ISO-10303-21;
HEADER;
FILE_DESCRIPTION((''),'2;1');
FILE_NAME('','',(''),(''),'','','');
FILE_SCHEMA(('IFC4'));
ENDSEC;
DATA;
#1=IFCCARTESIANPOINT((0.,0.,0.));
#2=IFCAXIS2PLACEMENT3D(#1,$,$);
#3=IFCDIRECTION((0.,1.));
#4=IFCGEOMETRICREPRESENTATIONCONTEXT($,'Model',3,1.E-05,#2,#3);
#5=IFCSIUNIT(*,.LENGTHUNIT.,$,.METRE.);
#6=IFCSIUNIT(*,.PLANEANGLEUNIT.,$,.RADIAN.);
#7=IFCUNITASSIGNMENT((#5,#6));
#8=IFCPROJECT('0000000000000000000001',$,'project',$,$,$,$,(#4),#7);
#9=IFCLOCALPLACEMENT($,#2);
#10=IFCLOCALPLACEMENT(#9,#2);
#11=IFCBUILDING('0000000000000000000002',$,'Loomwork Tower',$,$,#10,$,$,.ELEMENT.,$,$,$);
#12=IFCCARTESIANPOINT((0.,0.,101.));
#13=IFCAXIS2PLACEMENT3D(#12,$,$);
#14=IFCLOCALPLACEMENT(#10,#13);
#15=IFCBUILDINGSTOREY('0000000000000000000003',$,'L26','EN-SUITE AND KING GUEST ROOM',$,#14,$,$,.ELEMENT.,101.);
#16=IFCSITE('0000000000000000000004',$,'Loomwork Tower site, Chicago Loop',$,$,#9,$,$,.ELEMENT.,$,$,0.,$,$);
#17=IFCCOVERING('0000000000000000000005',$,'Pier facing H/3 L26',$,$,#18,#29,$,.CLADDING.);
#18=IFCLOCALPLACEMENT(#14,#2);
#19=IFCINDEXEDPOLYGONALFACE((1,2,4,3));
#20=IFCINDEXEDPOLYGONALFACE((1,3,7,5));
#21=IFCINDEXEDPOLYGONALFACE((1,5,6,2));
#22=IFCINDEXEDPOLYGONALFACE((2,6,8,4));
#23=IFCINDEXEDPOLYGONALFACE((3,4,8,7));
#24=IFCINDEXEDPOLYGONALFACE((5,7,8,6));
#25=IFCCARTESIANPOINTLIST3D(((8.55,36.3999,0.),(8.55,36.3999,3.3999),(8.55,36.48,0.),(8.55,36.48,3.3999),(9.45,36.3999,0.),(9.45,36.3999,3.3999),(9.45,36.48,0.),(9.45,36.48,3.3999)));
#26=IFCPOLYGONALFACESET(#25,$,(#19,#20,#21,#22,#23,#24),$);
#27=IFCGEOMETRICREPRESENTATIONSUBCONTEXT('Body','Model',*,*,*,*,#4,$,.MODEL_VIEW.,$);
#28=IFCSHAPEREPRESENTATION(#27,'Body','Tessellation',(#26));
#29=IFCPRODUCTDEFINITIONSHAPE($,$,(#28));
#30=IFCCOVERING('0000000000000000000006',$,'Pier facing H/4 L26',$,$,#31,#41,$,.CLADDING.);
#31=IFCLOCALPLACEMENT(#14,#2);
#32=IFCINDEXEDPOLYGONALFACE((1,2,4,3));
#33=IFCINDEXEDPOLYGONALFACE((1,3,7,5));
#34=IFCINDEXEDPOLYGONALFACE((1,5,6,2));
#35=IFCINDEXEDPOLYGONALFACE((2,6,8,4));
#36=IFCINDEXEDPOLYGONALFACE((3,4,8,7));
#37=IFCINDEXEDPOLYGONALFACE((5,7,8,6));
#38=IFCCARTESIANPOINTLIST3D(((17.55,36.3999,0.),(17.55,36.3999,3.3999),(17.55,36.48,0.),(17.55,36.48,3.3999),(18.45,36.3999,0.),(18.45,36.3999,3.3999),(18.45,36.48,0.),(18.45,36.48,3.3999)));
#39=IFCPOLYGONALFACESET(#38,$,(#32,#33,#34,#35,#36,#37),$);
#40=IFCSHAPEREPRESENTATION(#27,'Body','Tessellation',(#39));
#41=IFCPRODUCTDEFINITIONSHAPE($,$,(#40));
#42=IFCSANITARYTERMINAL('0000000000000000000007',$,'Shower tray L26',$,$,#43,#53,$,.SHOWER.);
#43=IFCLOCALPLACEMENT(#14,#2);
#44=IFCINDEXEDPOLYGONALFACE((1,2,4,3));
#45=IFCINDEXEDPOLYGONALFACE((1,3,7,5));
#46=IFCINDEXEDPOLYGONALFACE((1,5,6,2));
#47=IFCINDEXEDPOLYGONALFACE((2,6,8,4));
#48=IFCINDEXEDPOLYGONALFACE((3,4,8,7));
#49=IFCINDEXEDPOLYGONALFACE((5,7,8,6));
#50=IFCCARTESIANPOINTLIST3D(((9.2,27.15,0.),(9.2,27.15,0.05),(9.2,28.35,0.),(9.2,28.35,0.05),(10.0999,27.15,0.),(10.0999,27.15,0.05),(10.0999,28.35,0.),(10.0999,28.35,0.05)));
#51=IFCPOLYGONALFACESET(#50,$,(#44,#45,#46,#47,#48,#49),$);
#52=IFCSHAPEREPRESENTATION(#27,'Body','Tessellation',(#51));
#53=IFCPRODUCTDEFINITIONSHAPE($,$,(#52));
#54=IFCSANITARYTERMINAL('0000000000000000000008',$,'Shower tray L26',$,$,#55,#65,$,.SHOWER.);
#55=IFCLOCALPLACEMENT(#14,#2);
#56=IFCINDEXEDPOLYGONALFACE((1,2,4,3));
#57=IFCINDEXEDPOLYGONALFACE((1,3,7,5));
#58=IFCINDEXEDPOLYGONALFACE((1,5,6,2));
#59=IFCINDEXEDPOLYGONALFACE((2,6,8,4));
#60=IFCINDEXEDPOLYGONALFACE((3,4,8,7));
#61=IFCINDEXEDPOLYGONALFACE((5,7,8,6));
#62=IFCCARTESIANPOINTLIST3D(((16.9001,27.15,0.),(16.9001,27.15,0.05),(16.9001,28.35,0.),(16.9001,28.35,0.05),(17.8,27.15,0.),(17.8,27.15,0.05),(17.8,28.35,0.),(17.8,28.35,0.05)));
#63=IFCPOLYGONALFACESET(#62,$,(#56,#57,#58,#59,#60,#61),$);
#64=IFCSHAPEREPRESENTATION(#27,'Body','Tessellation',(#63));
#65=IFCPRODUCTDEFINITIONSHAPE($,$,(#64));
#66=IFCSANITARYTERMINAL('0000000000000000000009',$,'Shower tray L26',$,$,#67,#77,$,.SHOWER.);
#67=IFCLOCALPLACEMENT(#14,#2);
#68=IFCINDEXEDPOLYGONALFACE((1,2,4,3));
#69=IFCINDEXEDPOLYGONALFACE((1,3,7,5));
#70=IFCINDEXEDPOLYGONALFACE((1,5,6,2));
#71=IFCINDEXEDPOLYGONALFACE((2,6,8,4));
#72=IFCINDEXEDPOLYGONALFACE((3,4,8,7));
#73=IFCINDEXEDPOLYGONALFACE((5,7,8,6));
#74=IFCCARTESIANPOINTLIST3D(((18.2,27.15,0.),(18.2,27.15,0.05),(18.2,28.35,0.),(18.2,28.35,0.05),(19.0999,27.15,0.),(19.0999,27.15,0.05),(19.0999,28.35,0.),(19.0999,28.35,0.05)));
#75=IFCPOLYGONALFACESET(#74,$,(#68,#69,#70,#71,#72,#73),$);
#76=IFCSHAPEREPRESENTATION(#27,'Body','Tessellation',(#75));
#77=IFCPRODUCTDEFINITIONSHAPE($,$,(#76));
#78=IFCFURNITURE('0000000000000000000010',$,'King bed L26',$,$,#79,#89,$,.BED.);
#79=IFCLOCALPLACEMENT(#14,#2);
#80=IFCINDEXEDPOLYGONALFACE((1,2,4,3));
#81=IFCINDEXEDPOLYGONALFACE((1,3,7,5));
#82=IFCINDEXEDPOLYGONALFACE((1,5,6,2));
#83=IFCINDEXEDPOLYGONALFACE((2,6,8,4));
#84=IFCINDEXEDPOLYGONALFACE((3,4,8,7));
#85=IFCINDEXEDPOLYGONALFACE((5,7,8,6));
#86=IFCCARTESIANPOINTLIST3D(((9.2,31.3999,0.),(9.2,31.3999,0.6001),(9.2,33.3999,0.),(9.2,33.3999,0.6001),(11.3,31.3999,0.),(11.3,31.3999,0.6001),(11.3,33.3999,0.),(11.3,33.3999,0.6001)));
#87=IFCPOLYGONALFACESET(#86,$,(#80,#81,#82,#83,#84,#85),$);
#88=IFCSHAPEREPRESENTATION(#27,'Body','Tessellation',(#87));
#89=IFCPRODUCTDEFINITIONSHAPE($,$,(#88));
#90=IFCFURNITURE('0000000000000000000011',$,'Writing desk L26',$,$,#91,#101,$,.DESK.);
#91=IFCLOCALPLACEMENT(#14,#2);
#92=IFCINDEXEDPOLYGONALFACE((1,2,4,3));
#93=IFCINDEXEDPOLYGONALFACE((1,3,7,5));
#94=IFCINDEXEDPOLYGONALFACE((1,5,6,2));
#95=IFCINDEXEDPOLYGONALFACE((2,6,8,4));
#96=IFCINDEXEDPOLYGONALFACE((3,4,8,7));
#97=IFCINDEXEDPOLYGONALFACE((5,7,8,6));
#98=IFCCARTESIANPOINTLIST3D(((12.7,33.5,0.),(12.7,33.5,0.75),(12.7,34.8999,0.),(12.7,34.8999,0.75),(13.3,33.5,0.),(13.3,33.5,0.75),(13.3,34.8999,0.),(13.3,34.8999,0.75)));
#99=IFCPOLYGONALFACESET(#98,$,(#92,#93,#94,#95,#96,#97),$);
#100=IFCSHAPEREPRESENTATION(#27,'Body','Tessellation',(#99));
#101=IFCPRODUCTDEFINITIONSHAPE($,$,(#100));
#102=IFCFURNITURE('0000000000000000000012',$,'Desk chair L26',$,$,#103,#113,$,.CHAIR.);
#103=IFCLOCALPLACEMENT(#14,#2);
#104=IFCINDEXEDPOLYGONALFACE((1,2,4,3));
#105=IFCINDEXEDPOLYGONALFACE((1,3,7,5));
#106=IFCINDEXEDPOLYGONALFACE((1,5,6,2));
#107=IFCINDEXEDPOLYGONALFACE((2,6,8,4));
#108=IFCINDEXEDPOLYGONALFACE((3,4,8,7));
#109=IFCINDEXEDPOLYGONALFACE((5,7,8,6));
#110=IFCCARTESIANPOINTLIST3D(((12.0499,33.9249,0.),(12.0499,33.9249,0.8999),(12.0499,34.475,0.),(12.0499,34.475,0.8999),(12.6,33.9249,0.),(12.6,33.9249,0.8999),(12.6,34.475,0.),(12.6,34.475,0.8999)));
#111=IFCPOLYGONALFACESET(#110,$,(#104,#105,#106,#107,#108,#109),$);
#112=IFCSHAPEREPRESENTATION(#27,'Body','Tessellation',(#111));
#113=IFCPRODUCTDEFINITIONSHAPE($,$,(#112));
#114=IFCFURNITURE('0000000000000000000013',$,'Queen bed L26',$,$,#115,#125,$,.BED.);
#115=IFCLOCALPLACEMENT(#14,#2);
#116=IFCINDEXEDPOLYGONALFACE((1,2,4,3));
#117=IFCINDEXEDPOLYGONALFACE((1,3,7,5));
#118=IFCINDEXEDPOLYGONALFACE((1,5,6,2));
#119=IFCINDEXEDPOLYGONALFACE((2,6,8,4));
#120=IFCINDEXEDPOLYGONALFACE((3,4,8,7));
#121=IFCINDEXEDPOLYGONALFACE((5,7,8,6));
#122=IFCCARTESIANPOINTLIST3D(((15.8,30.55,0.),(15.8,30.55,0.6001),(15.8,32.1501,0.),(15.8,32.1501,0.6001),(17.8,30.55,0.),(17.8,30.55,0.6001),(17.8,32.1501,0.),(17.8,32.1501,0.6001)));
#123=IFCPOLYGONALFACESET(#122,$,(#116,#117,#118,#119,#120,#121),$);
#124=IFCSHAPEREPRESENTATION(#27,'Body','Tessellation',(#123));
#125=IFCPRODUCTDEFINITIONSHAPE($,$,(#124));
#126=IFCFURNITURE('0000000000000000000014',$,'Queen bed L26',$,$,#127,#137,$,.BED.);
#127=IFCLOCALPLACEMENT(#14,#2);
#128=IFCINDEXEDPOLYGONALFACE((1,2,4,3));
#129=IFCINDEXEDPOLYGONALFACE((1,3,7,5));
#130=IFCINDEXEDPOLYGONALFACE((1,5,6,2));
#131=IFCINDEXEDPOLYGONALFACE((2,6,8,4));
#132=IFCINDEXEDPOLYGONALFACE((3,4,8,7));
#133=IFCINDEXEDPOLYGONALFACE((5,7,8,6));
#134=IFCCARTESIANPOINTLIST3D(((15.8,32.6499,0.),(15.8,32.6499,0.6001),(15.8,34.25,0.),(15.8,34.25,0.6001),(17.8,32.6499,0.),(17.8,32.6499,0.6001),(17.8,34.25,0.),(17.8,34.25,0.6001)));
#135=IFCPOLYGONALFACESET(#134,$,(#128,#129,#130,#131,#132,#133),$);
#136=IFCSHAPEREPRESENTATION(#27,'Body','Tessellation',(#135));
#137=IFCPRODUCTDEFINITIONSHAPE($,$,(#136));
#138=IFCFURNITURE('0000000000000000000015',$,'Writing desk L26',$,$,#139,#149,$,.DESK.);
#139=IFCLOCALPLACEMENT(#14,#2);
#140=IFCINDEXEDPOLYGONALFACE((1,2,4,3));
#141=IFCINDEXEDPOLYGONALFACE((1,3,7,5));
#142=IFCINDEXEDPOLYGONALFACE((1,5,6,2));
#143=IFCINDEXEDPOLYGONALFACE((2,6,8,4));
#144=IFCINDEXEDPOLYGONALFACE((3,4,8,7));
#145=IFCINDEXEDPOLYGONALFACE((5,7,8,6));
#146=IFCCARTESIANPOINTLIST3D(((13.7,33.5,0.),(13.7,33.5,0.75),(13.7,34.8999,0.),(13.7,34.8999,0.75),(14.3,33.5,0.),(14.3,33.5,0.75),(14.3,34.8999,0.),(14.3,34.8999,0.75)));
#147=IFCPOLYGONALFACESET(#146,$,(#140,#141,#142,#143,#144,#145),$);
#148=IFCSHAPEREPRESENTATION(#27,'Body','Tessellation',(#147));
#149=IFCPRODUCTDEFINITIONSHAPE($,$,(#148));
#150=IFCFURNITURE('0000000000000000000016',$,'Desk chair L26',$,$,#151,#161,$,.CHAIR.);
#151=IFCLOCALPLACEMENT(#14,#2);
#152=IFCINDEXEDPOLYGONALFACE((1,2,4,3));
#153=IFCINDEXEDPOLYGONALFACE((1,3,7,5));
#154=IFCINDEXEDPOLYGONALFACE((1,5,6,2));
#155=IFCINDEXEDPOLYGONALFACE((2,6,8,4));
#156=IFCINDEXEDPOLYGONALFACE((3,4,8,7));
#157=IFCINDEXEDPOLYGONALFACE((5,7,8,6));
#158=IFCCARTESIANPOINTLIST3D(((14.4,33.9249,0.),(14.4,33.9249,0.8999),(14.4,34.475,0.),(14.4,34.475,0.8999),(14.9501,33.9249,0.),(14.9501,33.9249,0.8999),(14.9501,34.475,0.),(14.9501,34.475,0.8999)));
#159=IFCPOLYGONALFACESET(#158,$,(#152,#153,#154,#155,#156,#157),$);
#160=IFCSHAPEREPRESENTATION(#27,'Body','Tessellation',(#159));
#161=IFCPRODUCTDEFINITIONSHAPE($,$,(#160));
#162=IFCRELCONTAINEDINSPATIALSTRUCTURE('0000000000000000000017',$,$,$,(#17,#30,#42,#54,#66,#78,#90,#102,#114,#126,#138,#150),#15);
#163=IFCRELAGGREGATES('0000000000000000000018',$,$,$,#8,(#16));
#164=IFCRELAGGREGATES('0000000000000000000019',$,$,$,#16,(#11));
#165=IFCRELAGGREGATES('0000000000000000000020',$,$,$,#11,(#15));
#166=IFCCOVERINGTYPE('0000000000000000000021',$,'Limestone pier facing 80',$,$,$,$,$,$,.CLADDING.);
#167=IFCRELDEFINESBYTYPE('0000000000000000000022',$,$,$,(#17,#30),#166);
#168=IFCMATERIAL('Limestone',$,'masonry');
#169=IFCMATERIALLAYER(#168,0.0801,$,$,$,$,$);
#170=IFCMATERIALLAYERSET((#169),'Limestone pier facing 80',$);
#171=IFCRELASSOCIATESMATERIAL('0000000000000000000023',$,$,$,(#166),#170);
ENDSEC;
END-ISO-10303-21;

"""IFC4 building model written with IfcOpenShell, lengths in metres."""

from ifc_helpers import new_model, si_unit, direction, frame, origin, origin_2d, place, context, subcontext, project, spatial, rectangle, extrude, material, layer, layer_set, type_object, element, save


model = new_model("IFC4")

# Units and contexts
model_context = context("Model", 3, precision=1e-05, world=origin(), true_north=direction((0.0, 1.0)))
body_context = subcontext(model_context, "Body", "Model", "MODEL_VIEW")
ifc_project = project(units=[si_unit("LENGTHUNIT", "METRE"), si_unit("PLANEANGLEUNIT", "RADIAN")], contexts=[model_context])

# Site, building, storey
site_placement = place(None, origin())
site = spatial("IfcSite", under=ifc_project, at=site_placement, Name="Loomwork Tower site, Chicago Loop", CompositionType="ELEMENT", RefElevation=0.0)
building_placement = place(site_placement, origin())
building = spatial("IfcBuilding", under=site, at=building_placement, Name="Loomwork Tower", CompositionType="ELEMENT")
storey_placement = place(building_placement, frame((0.0, 0.0, 101.0)))
storey = spatial("IfcBuildingStorey", under=building, at=storey_placement, Name="L26", Description="EN-SUITE AND KING GUEST ROOM", CompositionType="ELEMENT", Elevation=101.0)

# Coverings
ifc_material_1 = material(Name="Limestone", Category="masonry")
ifc_layer_1 = layer(ifc_material_1, 0.0801)
ifc_layer_set_1 = layer_set([ifc_layer_1], Name="Limestone pier facing 80")
covering_type = type_object("IfcCoveringType", Name="Limestone pier facing 80", PredefinedType="CLADDING", material=ifc_layer_set_1)
for number, where, z_axis, x_axis, name in (
    (1, (9.0, 36.4399, 0.0), (0.0, 0.0, 1.0), (1.0, 0.0, 0.0), "Pier facing H/3 L26"),
    (2, (18.0, 36.4399, 0.0), (0.0, 0.0, 1.0), (1.0, 0.0, 0.0), "Pier facing H/4 L26"),
):
    element("IfcCovering", number, at=place(storey_placement, frame(where, z_axis=z_axis, x_axis=x_axis)), inside=storey, type_object=covering_type, Name=name, PredefinedType="CLADDING", context=body_context, shape_type="SweptSolid", body=[
        extrude(rectangle(XDim=0.8999, YDim=0.0801, at=origin_2d()), origin(), (0.0, 0.0, 1.0), 3.3999),
    ])

# Sanitary terminals
for number, where, z_axis, x_axis, name in (
    (3, (9.6499, 27.75, 0.0), (0.0, 0.0, 1.0), (1.0, 0.0, 0.0), "Shower tray L26"),
    (4, (17.3501, 27.75, 0.0), (0.0, 0.0, 1.0), (1.0, 0.0, 0.0), "Shower tray L26"),
    (5, (18.6499, 27.75, 0.0), (0.0, 0.0, 1.0), (1.0, 0.0, 0.0), "Shower tray L26"),
):
    element("IfcSanitaryTerminal", number, at=place(storey_placement, frame(where, z_axis=z_axis, x_axis=x_axis)), inside=storey, Name=name, PredefinedType="SHOWER", context=body_context, shape_type="SweptSolid", body=[
        extrude(rectangle(XDim=0.8999, YDim=1.2, at=origin_2d()), origin(), (0.0, 0.0, 1.0), 0.05),
    ])

# Furniture
furniture_1_placement = place(storey_placement, frame((10.25, 32.3999, 0.0), z_axis=(0.0, 0.0, 1.0), x_axis=(1.0, 0.0, 0.0)))
element("IfcFurniture", 6, at=furniture_1_placement, inside=storey, Name="King bed L26", PredefinedType="BED", context=body_context, shape_type="SweptSolid", body=[
    extrude(rectangle(XDim=2.1001, YDim=2.0, at=origin_2d()), origin(), (0.0, 0.0, 1.0), 0.6001),
])
furniture_2_placement = place(storey_placement, frame((13.0, 34.2, 0.0), z_axis=(0.0, 0.0, 1.0), x_axis=(1.0, 0.0, 0.0)))
element("IfcFurniture", 7, at=furniture_2_placement, inside=storey, Name="Writing desk L26", PredefinedType="DESK", context=body_context, shape_type="SweptSolid", body=[
    extrude(rectangle(XDim=0.6001, YDim=1.3999, at=origin_2d()), origin(), (0.0, 0.0, 1.0), 0.75),
])
furniture_3_placement = place(storey_placement, frame((12.325, 34.2, 0.0), z_axis=(0.0, 0.0, 1.0), x_axis=(1.0, 0.0, 0.0)))
element("IfcFurniture", 8, at=furniture_3_placement, inside=storey, Name="Desk chair L26", PredefinedType="CHAIR", context=body_context, shape_type="SweptSolid", body=[
    extrude(rectangle(XDim=0.55, YDim=0.55, at=origin_2d()), origin(), (0.0, 0.0, 1.0), 0.8999),
])
for number, where, z_axis, x_axis, name in (
    (9, (16.8, 31.3501, 0.0), (0.0, 0.0, 1.0), (1.0, 0.0, 0.0), "Queen bed L26"),
    (10, (16.8, 33.45, 0.0), (0.0, 0.0, 1.0), (1.0, 0.0, 0.0), "Queen bed L26"),
):
    element("IfcFurniture", number, at=place(storey_placement, frame(where, z_axis=z_axis, x_axis=x_axis)), inside=storey, Name=name, PredefinedType="BED", context=body_context, shape_type="SweptSolid", body=[
        extrude(rectangle(XDim=2.0, YDim=1.6001, at=origin_2d()), origin(), (0.0, 0.0, 1.0), 0.6001),
    ])
furniture_4_placement = place(storey_placement, frame((14.0, 34.2, 0.0), z_axis=(0.0, 0.0, 1.0), x_axis=(1.0, 0.0, 0.0)))
element("IfcFurniture", 11, at=furniture_4_placement, inside=storey, Name="Writing desk L26", PredefinedType="DESK", context=body_context, shape_type="SweptSolid", body=[
    extrude(rectangle(XDim=0.6001, YDim=1.3999, at=origin_2d()), origin(), (0.0, 0.0, 1.0), 0.75),
])
furniture_5_placement = place(storey_placement, frame((14.675, 34.2, 0.0), z_axis=(0.0, 0.0, 1.0), x_axis=(1.0, 0.0, 0.0)))
element("IfcFurniture", 12, at=furniture_5_placement, inside=storey, Name="Desk chair L26", PredefinedType="CHAIR", context=body_context, shape_type="SweptSolid", body=[
    extrude(rectangle(XDim=0.55, YDim=0.55, at=origin_2d()), origin(), (0.0, 0.0, 1.0), 0.8999),
])

save(model, "model.ifc")
